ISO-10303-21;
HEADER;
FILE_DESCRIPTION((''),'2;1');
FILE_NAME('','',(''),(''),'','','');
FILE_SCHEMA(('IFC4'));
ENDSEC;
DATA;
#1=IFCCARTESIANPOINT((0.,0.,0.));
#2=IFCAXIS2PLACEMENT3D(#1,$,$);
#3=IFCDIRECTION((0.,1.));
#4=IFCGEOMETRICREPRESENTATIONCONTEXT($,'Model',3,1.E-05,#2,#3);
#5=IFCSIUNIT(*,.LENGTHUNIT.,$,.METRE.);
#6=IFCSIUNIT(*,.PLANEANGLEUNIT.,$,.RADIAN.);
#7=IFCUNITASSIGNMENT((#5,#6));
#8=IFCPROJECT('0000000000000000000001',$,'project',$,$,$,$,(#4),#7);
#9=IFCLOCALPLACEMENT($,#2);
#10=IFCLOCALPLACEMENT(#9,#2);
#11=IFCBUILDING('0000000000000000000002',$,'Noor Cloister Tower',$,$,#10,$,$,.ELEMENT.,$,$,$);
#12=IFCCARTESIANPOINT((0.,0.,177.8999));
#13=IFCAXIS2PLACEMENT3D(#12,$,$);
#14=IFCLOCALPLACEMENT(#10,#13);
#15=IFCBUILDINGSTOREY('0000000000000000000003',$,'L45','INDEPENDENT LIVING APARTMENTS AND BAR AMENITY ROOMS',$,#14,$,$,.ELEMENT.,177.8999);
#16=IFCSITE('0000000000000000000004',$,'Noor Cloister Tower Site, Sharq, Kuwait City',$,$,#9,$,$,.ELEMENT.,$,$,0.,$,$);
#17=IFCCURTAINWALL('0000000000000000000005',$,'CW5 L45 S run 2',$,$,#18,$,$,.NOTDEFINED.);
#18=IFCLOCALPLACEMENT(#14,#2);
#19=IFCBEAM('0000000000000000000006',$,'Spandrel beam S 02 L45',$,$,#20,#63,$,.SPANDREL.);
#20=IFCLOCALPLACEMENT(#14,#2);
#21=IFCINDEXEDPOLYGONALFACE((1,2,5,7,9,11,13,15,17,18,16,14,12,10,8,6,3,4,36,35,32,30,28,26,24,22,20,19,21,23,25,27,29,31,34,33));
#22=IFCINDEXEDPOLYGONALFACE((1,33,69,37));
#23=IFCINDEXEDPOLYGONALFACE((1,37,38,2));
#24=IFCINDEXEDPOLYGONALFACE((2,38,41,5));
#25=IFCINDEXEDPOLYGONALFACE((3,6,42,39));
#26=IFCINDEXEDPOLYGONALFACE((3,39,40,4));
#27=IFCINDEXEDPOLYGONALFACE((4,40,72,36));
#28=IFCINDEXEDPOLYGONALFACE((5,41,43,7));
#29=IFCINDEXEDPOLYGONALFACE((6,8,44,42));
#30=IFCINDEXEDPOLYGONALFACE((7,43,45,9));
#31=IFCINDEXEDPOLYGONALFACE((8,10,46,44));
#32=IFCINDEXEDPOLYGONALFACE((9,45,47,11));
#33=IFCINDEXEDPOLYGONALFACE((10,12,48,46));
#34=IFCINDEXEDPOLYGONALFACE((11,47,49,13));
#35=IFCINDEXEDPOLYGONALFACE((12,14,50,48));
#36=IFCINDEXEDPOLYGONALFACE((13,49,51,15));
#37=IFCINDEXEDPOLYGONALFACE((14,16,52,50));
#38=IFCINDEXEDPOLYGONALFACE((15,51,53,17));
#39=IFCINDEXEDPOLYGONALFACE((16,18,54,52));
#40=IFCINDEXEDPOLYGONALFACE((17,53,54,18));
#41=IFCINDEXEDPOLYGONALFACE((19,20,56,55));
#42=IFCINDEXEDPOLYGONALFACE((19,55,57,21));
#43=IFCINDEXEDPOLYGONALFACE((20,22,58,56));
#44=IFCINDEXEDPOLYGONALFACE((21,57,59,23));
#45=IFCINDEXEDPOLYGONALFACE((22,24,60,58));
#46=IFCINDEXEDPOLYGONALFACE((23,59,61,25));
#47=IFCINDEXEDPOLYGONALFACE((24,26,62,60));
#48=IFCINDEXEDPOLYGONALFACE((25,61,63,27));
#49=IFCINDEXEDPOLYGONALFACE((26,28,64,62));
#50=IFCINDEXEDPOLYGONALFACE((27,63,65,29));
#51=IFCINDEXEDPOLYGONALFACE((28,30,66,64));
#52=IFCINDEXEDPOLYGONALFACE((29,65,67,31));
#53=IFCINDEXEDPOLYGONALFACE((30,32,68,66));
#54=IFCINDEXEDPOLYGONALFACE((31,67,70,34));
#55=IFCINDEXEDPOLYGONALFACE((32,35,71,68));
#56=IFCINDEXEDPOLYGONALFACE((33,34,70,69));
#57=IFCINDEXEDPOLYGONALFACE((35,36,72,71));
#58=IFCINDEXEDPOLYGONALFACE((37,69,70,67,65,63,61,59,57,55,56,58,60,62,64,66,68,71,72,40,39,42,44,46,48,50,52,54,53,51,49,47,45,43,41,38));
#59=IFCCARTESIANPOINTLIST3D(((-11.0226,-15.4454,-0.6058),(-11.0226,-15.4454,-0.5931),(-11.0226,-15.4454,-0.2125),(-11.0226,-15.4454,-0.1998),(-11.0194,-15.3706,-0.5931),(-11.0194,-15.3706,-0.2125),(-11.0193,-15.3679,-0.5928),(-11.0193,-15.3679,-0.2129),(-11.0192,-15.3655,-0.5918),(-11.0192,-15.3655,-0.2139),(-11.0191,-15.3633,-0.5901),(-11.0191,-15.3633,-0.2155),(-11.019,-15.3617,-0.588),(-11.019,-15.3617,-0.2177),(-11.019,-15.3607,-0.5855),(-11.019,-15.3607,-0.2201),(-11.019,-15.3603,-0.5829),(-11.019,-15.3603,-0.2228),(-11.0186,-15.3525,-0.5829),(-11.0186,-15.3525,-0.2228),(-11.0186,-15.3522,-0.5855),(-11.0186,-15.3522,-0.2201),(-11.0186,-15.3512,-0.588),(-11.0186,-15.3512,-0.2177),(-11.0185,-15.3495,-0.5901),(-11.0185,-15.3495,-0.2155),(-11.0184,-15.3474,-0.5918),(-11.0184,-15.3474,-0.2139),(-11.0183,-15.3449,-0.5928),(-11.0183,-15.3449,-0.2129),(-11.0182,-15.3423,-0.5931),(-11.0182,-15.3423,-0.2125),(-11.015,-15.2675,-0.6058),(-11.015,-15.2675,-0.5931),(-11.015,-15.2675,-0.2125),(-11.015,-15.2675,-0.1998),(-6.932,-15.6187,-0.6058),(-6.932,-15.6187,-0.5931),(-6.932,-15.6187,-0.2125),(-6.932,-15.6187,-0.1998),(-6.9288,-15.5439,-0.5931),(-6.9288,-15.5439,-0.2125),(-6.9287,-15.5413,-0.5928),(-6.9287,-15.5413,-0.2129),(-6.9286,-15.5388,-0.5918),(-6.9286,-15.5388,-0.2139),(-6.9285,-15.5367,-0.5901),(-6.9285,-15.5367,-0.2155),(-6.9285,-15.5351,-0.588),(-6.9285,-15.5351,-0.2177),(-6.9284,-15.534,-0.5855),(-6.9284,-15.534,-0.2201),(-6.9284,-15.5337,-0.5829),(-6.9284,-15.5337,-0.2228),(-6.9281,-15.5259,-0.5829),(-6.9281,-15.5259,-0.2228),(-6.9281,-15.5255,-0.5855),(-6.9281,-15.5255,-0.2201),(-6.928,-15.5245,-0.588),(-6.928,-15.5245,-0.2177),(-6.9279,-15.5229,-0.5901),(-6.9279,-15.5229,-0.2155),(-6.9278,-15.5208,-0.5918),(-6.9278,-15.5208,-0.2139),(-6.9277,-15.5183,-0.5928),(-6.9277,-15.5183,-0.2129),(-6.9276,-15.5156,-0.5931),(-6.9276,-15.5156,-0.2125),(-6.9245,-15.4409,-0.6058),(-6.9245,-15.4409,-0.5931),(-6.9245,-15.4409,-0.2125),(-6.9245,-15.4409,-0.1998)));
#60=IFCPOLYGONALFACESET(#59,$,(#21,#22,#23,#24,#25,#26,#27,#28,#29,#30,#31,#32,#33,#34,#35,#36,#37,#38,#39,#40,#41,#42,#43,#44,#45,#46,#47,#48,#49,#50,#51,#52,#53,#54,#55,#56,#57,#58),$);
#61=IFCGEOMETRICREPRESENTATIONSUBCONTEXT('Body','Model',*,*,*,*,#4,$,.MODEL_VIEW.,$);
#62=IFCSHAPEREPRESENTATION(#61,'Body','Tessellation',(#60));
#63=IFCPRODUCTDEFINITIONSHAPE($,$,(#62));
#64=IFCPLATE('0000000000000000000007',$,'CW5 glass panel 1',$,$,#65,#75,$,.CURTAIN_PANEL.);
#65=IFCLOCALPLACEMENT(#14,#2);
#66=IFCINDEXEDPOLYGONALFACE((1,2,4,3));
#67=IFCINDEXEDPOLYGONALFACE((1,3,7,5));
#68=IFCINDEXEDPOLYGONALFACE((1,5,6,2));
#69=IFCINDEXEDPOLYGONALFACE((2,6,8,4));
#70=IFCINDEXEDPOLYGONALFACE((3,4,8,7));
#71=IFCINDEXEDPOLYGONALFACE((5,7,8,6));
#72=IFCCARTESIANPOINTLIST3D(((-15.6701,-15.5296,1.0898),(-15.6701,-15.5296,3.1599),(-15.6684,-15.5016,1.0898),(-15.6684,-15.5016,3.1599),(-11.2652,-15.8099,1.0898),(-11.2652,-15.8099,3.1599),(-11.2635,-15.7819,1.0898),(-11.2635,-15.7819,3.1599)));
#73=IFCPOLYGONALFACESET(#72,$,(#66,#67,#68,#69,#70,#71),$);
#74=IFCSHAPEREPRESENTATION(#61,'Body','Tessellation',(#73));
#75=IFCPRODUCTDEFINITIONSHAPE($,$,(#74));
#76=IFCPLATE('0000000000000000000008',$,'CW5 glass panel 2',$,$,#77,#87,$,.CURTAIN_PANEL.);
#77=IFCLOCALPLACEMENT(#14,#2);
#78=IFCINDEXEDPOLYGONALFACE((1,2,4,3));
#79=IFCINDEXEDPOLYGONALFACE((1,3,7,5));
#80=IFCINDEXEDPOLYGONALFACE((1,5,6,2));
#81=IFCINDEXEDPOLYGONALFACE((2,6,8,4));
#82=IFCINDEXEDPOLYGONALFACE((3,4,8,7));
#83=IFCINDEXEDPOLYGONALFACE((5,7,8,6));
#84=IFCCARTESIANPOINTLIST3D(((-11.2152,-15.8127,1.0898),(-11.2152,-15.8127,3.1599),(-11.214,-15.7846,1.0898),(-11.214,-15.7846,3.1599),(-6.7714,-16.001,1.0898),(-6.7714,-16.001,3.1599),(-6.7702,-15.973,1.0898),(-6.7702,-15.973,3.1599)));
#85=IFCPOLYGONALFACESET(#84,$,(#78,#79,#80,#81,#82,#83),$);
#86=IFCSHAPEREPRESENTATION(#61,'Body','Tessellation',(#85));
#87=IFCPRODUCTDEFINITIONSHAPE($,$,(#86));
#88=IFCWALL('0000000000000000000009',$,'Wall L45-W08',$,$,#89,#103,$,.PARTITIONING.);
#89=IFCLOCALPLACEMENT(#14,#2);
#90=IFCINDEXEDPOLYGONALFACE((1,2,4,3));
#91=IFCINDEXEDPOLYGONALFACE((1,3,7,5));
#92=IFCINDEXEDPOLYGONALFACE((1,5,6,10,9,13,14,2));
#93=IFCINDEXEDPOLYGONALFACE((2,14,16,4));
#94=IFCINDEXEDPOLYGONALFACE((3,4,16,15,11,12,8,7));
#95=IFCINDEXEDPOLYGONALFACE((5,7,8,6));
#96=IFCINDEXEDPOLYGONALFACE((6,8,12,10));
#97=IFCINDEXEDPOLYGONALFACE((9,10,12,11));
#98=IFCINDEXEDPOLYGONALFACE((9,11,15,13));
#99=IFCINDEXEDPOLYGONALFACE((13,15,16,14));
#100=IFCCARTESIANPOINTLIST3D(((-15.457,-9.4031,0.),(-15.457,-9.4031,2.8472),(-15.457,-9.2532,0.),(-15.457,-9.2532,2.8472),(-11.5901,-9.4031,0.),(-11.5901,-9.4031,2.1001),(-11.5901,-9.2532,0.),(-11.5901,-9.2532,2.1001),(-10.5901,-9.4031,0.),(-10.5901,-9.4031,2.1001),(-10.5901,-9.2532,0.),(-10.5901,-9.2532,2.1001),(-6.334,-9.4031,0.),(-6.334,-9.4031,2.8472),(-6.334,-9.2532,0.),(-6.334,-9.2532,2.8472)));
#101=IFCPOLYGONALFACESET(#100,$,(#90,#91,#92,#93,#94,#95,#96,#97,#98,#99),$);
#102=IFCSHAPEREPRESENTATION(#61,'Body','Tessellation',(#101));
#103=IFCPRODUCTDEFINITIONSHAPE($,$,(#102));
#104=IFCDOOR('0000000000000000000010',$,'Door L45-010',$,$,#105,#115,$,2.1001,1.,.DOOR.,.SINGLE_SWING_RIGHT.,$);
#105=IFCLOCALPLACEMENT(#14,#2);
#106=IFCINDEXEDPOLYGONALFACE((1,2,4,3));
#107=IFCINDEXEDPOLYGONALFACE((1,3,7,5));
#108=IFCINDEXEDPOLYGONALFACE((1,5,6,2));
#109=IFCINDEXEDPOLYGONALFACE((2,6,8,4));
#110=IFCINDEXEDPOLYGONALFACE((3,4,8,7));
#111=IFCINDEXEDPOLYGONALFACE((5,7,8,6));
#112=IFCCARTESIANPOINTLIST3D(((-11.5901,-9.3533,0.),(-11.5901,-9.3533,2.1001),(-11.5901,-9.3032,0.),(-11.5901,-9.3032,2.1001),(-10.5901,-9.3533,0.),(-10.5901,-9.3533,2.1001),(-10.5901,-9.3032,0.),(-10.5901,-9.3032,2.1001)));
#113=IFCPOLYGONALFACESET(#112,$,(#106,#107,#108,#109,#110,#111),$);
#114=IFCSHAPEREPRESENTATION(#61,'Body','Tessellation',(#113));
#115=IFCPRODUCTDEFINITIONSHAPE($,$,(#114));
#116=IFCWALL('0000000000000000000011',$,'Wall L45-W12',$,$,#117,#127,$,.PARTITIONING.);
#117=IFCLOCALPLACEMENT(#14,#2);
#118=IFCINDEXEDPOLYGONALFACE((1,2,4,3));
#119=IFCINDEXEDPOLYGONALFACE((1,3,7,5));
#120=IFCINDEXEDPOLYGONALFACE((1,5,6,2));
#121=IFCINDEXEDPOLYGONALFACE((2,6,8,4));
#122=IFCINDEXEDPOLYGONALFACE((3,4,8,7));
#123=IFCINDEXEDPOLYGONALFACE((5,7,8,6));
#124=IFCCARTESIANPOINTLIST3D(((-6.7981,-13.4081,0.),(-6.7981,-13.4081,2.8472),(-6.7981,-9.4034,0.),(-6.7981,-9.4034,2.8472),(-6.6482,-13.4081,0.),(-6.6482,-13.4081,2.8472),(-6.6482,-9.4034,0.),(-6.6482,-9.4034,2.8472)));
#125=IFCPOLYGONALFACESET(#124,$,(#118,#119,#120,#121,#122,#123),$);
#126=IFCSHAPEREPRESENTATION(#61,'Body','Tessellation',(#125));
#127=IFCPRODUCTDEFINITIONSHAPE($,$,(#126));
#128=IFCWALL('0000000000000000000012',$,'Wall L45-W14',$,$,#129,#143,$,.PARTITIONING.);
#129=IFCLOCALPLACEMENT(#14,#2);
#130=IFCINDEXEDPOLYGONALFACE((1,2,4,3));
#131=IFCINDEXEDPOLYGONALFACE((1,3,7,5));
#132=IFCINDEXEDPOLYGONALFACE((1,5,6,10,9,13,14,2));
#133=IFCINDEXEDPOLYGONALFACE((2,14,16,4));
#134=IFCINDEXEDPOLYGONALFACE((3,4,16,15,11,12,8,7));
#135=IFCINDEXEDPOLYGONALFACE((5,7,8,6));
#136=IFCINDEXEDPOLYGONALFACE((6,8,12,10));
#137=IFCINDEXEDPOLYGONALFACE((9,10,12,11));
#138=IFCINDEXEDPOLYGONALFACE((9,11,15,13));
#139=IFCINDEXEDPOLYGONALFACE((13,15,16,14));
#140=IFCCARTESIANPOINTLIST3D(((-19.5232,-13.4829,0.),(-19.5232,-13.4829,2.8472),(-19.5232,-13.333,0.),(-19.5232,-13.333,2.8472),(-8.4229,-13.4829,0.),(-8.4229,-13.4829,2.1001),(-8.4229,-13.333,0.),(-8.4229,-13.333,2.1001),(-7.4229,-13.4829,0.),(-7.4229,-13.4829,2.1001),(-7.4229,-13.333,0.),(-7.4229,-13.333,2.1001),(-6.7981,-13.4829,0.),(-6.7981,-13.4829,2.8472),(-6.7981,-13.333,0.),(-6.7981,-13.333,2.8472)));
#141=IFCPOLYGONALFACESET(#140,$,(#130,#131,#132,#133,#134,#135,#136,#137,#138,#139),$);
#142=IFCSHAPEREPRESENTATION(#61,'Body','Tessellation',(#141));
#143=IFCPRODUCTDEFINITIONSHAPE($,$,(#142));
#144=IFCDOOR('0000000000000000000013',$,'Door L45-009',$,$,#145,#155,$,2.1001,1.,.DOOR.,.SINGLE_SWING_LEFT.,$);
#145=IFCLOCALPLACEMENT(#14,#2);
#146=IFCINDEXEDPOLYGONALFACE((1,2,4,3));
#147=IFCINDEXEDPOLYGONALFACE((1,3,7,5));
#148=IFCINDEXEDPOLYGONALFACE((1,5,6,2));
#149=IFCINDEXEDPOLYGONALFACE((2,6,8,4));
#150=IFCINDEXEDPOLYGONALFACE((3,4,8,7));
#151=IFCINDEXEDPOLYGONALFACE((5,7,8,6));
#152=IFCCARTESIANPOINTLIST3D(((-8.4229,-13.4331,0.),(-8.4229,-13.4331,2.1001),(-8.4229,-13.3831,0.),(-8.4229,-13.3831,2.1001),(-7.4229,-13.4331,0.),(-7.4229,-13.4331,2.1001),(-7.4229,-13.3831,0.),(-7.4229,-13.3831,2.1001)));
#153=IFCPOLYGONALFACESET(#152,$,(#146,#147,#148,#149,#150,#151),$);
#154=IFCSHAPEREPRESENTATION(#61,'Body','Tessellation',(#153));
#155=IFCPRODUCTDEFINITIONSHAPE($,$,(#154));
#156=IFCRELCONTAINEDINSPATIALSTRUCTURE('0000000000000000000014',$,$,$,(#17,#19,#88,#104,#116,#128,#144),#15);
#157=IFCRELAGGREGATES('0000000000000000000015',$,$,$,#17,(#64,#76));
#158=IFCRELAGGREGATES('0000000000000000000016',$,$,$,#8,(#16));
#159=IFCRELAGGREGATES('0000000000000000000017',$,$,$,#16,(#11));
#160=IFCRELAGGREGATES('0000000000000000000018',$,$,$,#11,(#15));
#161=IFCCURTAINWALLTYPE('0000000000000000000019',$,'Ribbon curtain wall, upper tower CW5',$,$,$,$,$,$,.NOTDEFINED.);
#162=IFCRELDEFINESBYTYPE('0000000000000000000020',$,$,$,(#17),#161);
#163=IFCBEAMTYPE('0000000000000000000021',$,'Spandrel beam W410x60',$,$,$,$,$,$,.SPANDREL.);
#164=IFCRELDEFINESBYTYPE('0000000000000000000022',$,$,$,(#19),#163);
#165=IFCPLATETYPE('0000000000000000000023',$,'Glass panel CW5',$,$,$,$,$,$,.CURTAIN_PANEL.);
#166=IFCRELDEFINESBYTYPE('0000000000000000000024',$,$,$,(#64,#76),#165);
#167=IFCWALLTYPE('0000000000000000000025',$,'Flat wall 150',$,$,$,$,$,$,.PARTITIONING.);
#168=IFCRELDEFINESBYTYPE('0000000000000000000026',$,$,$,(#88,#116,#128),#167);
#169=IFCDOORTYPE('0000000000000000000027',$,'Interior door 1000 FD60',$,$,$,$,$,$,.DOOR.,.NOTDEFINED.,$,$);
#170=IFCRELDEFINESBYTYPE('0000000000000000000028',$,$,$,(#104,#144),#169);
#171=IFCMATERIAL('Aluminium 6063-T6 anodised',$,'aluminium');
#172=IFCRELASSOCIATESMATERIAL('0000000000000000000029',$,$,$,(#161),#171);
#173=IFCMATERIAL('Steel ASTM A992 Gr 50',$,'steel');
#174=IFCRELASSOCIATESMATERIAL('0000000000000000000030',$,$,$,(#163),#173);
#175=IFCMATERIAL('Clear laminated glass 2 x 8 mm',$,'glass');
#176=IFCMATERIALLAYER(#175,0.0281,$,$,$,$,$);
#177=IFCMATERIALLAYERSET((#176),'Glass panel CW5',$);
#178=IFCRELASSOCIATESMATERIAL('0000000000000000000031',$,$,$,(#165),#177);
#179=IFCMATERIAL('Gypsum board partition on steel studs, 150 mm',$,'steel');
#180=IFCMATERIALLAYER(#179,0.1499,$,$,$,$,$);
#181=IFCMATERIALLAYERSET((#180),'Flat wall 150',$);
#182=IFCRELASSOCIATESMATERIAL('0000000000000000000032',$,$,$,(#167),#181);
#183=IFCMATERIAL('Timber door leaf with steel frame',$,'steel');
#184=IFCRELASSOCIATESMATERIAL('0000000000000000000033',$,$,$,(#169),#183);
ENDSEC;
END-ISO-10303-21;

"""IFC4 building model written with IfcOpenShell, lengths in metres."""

from ifc_helpers import new_model, si_unit, direction, frame, frame_2d, origin, origin_2d, place, context, subcontext, project, spatial, rectangle, i_section, extrude, material, layer, layer_set, material_profile, profile_set, type_object, element, fill, aggregate, save


model = new_model("IFC4")

# Units and contexts
model_context = context("Model", 3, precision=1e-05, world=origin(), true_north=direction((0.0, 1.0)))
body_context = subcontext(model_context, "Body", "Model", "MODEL_VIEW")
ifc_project = project(units=[si_unit("LENGTHUNIT", "METRE"), si_unit("PLANEANGLEUNIT", "RADIAN")], contexts=[model_context])

# Site, building, storey
site_placement = place(None, origin())
site = spatial("IfcSite", under=ifc_project, at=site_placement, Name="Noor Cloister Tower Site, Sharq, Kuwait City", CompositionType="ELEMENT", RefElevation=0.0)
building_placement = place(site_placement, origin())
building = spatial("IfcBuilding", under=site, at=building_placement, Name="Noor Cloister Tower", CompositionType="ELEMENT")
storey_placement = place(building_placement, frame((0.0, 0.0, 177.8999)))
storey = spatial("IfcBuildingStorey", under=building, at=storey_placement, Name="L45", Description="INDEPENDENT LIVING APARTMENTS AND BAR AMENITY ROOMS", CompositionType="ELEMENT", Elevation=177.8999)

# Curtain wall
ifc_material_1 = material(Name="Aluminium 6063-T6 anodised", Category="aluminium")
curtain_wall_type = type_object("IfcCurtainWallType", Name="Ribbon curtain wall, upper tower CW5", PredefinedType="NOTDEFINED", material=ifc_material_1)
curtain_wall_placement = place(storey_placement, origin())
curtain_wall = element("IfcCurtainWall", 1, at=curtain_wall_placement, inside=storey, type_object=curtain_wall_type, Name="CW5 L45 S run 2", PredefinedType="NOTDEFINED")

# Beam
ifc_material_2 = material(Name="Steel ASTM A992 Gr 50", Category="steel")
ifc_material_profile_1 = material_profile(ifc_material_2, i_section(OverallWidth=0.178, OverallDepth=0.406, WebThickness=0.0078, FlangeThickness=0.0127, FilletRadius=0.0103, at=origin_2d()), Name="W410x60")
ifc_profile_set_1 = profile_set([ifc_material_profile_1], Name="Steel ASTM A992 Gr 50")
beam_type_1 = type_object("IfcBeamType", Name="Spandrel beam W410x60", PredefinedType="SPANDREL", material=ifc_profile_set_1)
for number, where, z_axis, x_axis, name in (
    (2, (-11.0188, -15.3564, -0.4028), (0.999103, -0.042337, 0.0), (0.042337, 0.999103, 0.0), "Spandrel beam S 02 L45"),
):
    element("IfcBeam", number, at=place(storey_placement, frame(where, z_axis=z_axis, x_axis=x_axis)), inside=storey, type_object=beam_type_1, Name=name, PredefinedType="SPANDREL", context=body_context, shape_type="SweptSolid", body=[
        extrude(i_section(OverallWidth=0.178, OverallDepth=0.406, WebThickness=0.0078, FlangeThickness=0.0127, FilletRadius=0.0103, at=origin_2d()), origin(), (0.0, 0.0, 1.0), 4.0942),
    ])

# Plates
ifc_material_3 = material(Name="Clear laminated glass 2 x 8 mm", Category="glass")
ifc_layer_1 = layer(ifc_material_3, 0.0281)
ifc_layer_set_1 = layer_set([ifc_layer_1], Name="Glass panel CW5")
plate_type = type_object("IfcPlateType", Name="Glass panel CW5", PredefinedType="CURTAIN_PANEL", material=ifc_layer_set_1)
plate_1_placement = place(storey_placement, frame((-13.4668, -15.6558, 1.0898), z_axis=(0.0, 0.0, 1.0), x_axis=(0.997982, -0.063502, 0.0)))
plate_1 = element("IfcPlate", 3, at=plate_1_placement, type_object=plate_type, Name="CW5 glass panel 1", PredefinedType="CURTAIN_PANEL", context=body_context, shape_type="SweptSolid", body=[
    extrude(rectangle(XDim=4.4138, YDim=0.0281, at=origin_2d()), origin(), (0.0, 0.0, 1.0), 2.0701),
])
plate_2_placement = place(storey_placement, frame((-8.9927, -15.8928, 1.0898), z_axis=(0.0, 0.0, 1.0), x_axis=(0.999103, -0.042351, 0.0)))
plate_2 = element("IfcPlate", 4, at=plate_2_placement, type_object=plate_type, Name="CW5 glass panel 2", PredefinedType="CURTAIN_PANEL", context=body_context, shape_type="SweptSolid", body=[
    extrude(rectangle(XDim=4.4478, YDim=0.0281, at=origin_2d()), origin(), (0.0, 0.0, 1.0), 2.0701),
])
aggregate(curtain_wall, [plate_1, plate_2])

# Wall, opening, door
ifc_material_4 = material(Name="Gypsum board partition on steel studs, 150 mm", Category="steel")
ifc_layer_2 = layer(ifc_material_4, 0.1499)
ifc_layer_set_2 = layer_set([ifc_layer_2], Name="Flat wall 150")
wall_type = type_object("IfcWallType", Name="Flat wall 150", PredefinedType="PARTITIONING", material=ifc_layer_set_2)
wall_1_placement = place(storey_placement, frame((-15.457, -9.3281, 0.0), z_axis=(0.0, 0.0, 1.0), x_axis=(1.0, 0.0, 0.0)))
wall_1 = element("IfcWall", 5, at=wall_1_placement, inside=storey, type_object=wall_type, Name="Wall L45-W08", PredefinedType="PARTITIONING", context=body_context, shape_type="SweptSolid", body=[
    extrude(rectangle(XDim=9.123, YDim=0.1499, at=frame_2d((4.5615, 0.0))), origin(), (0.0, 0.0, 1.0), 2.8472),
])
opening_1_placement = place(wall_1_placement, frame((3.8669, 0.0, 0.0)))
opening_1 = element("IfcOpeningElement", 6, at=opening_1_placement, cuts=wall_1, PredefinedType="OPENING", context=body_context, shape_type="SweptSolid", body=[
    extrude(rectangle(XDim=1.0, YDim=2.1001, at=frame_2d((0.5, 1.05))), frame((0.0, 0.085, 0.0), z_axis=(0.0, -1.0, 0.0), x_axis=(1.0, 0.0, 0.0)), (0.0, 0.0, 1.0), 0.1699),
])
ifc_material_5 = material(Name="Timber door leaf with steel frame", Category="steel")
door_type = type_object("IfcDoorType", Name="Interior door 1000 FD60", OperationType="NOTDEFINED", PredefinedType="DOOR", material=ifc_material_5)
door_1_placement = place(opening_1_placement, origin())
door_1 = element("IfcDoor", 7, at=door_1_placement, inside=storey, type_object=door_type, Name="Door L45-010", OperationType="SINGLE_SWING_RIGHT", OverallHeight=2.1001, OverallWidth=1.0, PredefinedType="DOOR", context=body_context, shape_type="SweptSolid", body=[
    extrude(rectangle(XDim=1.0, YDim=2.1001, at=frame_2d((0.5, 1.05))), frame((0.0, 0.0249, 0.0), z_axis=(0.0, -1.0, 0.0), x_axis=(1.0, 0.0, 0.0)), (0.0, 0.0, 1.0), 0.05),
])
fill(opening_1, door_1)

# Wall
wall_2_placement = place(storey_placement, frame((-6.7231, -9.4033, 0.0), z_axis=(0.0, 0.0, 1.0), x_axis=(0.0, -1.0, 0.0)))
element("IfcWall", 8, at=wall_2_placement, inside=storey, type_object=wall_type, Name="Wall L45-W12", PredefinedType="PARTITIONING", context=body_context, shape_type="SweptSolid", body=[
    extrude(rectangle(XDim=4.0046, YDim=0.1499, at=frame_2d((2.0024, 0.0))), origin(), (0.0, 0.0, 1.0), 2.8472),
])

# Wall, opening, door
wall_3_placement = place(storey_placement, frame((-19.5232, -13.408, 0.0), z_axis=(0.0, 0.0, 1.0), x_axis=(1.0, 0.0, 0.0)))
wall_3 = element("IfcWall", 9, at=wall_3_placement, inside=storey, type_object=wall_type, Name="Wall L45-W14", PredefinedType="PARTITIONING", context=body_context, shape_type="SweptSolid", body=[
    extrude(rectangle(XDim=12.7251, YDim=0.1499, at=frame_2d((6.3625, 0.0))), origin(), (0.0, 0.0, 1.0), 2.8472),
])
opening_2_placement = place(wall_3_placement, frame((11.1003, 0.0, 0.0)))
opening_2 = element("IfcOpeningElement", 10, at=opening_2_placement, cuts=wall_3, PredefinedType="OPENING", context=body_context, shape_type="SweptSolid", body=[
    extrude(rectangle(XDim=1.0, YDim=2.1001, at=frame_2d((0.5, 1.05))), frame((0.0, 0.085, 0.0), z_axis=(0.0, -1.0, 0.0), x_axis=(1.0, 0.0, 0.0)), (0.0, 0.0, 1.0), 0.1699),
])
door_2_placement = place(opening_2_placement, origin())
door_2 = element("IfcDoor", 11, at=door_2_placement, inside=storey, type_object=door_type, Name="Door L45-009", OperationType="SINGLE_SWING_LEFT", OverallHeight=2.1001, OverallWidth=1.0, PredefinedType="DOOR", context=body_context, shape_type="SweptSolid", body=[
    extrude(rectangle(XDim=1.0, YDim=2.1001, at=frame_2d((0.5, 1.05))), frame((0.0, 0.0249, 0.0), z_axis=(0.0, -1.0, 0.0), x_axis=(1.0, 0.0, 0.0)), (0.0, 0.0, 1.0), 0.05),
])
fill(opening_2, door_2)

save(model, "model.ifc")
